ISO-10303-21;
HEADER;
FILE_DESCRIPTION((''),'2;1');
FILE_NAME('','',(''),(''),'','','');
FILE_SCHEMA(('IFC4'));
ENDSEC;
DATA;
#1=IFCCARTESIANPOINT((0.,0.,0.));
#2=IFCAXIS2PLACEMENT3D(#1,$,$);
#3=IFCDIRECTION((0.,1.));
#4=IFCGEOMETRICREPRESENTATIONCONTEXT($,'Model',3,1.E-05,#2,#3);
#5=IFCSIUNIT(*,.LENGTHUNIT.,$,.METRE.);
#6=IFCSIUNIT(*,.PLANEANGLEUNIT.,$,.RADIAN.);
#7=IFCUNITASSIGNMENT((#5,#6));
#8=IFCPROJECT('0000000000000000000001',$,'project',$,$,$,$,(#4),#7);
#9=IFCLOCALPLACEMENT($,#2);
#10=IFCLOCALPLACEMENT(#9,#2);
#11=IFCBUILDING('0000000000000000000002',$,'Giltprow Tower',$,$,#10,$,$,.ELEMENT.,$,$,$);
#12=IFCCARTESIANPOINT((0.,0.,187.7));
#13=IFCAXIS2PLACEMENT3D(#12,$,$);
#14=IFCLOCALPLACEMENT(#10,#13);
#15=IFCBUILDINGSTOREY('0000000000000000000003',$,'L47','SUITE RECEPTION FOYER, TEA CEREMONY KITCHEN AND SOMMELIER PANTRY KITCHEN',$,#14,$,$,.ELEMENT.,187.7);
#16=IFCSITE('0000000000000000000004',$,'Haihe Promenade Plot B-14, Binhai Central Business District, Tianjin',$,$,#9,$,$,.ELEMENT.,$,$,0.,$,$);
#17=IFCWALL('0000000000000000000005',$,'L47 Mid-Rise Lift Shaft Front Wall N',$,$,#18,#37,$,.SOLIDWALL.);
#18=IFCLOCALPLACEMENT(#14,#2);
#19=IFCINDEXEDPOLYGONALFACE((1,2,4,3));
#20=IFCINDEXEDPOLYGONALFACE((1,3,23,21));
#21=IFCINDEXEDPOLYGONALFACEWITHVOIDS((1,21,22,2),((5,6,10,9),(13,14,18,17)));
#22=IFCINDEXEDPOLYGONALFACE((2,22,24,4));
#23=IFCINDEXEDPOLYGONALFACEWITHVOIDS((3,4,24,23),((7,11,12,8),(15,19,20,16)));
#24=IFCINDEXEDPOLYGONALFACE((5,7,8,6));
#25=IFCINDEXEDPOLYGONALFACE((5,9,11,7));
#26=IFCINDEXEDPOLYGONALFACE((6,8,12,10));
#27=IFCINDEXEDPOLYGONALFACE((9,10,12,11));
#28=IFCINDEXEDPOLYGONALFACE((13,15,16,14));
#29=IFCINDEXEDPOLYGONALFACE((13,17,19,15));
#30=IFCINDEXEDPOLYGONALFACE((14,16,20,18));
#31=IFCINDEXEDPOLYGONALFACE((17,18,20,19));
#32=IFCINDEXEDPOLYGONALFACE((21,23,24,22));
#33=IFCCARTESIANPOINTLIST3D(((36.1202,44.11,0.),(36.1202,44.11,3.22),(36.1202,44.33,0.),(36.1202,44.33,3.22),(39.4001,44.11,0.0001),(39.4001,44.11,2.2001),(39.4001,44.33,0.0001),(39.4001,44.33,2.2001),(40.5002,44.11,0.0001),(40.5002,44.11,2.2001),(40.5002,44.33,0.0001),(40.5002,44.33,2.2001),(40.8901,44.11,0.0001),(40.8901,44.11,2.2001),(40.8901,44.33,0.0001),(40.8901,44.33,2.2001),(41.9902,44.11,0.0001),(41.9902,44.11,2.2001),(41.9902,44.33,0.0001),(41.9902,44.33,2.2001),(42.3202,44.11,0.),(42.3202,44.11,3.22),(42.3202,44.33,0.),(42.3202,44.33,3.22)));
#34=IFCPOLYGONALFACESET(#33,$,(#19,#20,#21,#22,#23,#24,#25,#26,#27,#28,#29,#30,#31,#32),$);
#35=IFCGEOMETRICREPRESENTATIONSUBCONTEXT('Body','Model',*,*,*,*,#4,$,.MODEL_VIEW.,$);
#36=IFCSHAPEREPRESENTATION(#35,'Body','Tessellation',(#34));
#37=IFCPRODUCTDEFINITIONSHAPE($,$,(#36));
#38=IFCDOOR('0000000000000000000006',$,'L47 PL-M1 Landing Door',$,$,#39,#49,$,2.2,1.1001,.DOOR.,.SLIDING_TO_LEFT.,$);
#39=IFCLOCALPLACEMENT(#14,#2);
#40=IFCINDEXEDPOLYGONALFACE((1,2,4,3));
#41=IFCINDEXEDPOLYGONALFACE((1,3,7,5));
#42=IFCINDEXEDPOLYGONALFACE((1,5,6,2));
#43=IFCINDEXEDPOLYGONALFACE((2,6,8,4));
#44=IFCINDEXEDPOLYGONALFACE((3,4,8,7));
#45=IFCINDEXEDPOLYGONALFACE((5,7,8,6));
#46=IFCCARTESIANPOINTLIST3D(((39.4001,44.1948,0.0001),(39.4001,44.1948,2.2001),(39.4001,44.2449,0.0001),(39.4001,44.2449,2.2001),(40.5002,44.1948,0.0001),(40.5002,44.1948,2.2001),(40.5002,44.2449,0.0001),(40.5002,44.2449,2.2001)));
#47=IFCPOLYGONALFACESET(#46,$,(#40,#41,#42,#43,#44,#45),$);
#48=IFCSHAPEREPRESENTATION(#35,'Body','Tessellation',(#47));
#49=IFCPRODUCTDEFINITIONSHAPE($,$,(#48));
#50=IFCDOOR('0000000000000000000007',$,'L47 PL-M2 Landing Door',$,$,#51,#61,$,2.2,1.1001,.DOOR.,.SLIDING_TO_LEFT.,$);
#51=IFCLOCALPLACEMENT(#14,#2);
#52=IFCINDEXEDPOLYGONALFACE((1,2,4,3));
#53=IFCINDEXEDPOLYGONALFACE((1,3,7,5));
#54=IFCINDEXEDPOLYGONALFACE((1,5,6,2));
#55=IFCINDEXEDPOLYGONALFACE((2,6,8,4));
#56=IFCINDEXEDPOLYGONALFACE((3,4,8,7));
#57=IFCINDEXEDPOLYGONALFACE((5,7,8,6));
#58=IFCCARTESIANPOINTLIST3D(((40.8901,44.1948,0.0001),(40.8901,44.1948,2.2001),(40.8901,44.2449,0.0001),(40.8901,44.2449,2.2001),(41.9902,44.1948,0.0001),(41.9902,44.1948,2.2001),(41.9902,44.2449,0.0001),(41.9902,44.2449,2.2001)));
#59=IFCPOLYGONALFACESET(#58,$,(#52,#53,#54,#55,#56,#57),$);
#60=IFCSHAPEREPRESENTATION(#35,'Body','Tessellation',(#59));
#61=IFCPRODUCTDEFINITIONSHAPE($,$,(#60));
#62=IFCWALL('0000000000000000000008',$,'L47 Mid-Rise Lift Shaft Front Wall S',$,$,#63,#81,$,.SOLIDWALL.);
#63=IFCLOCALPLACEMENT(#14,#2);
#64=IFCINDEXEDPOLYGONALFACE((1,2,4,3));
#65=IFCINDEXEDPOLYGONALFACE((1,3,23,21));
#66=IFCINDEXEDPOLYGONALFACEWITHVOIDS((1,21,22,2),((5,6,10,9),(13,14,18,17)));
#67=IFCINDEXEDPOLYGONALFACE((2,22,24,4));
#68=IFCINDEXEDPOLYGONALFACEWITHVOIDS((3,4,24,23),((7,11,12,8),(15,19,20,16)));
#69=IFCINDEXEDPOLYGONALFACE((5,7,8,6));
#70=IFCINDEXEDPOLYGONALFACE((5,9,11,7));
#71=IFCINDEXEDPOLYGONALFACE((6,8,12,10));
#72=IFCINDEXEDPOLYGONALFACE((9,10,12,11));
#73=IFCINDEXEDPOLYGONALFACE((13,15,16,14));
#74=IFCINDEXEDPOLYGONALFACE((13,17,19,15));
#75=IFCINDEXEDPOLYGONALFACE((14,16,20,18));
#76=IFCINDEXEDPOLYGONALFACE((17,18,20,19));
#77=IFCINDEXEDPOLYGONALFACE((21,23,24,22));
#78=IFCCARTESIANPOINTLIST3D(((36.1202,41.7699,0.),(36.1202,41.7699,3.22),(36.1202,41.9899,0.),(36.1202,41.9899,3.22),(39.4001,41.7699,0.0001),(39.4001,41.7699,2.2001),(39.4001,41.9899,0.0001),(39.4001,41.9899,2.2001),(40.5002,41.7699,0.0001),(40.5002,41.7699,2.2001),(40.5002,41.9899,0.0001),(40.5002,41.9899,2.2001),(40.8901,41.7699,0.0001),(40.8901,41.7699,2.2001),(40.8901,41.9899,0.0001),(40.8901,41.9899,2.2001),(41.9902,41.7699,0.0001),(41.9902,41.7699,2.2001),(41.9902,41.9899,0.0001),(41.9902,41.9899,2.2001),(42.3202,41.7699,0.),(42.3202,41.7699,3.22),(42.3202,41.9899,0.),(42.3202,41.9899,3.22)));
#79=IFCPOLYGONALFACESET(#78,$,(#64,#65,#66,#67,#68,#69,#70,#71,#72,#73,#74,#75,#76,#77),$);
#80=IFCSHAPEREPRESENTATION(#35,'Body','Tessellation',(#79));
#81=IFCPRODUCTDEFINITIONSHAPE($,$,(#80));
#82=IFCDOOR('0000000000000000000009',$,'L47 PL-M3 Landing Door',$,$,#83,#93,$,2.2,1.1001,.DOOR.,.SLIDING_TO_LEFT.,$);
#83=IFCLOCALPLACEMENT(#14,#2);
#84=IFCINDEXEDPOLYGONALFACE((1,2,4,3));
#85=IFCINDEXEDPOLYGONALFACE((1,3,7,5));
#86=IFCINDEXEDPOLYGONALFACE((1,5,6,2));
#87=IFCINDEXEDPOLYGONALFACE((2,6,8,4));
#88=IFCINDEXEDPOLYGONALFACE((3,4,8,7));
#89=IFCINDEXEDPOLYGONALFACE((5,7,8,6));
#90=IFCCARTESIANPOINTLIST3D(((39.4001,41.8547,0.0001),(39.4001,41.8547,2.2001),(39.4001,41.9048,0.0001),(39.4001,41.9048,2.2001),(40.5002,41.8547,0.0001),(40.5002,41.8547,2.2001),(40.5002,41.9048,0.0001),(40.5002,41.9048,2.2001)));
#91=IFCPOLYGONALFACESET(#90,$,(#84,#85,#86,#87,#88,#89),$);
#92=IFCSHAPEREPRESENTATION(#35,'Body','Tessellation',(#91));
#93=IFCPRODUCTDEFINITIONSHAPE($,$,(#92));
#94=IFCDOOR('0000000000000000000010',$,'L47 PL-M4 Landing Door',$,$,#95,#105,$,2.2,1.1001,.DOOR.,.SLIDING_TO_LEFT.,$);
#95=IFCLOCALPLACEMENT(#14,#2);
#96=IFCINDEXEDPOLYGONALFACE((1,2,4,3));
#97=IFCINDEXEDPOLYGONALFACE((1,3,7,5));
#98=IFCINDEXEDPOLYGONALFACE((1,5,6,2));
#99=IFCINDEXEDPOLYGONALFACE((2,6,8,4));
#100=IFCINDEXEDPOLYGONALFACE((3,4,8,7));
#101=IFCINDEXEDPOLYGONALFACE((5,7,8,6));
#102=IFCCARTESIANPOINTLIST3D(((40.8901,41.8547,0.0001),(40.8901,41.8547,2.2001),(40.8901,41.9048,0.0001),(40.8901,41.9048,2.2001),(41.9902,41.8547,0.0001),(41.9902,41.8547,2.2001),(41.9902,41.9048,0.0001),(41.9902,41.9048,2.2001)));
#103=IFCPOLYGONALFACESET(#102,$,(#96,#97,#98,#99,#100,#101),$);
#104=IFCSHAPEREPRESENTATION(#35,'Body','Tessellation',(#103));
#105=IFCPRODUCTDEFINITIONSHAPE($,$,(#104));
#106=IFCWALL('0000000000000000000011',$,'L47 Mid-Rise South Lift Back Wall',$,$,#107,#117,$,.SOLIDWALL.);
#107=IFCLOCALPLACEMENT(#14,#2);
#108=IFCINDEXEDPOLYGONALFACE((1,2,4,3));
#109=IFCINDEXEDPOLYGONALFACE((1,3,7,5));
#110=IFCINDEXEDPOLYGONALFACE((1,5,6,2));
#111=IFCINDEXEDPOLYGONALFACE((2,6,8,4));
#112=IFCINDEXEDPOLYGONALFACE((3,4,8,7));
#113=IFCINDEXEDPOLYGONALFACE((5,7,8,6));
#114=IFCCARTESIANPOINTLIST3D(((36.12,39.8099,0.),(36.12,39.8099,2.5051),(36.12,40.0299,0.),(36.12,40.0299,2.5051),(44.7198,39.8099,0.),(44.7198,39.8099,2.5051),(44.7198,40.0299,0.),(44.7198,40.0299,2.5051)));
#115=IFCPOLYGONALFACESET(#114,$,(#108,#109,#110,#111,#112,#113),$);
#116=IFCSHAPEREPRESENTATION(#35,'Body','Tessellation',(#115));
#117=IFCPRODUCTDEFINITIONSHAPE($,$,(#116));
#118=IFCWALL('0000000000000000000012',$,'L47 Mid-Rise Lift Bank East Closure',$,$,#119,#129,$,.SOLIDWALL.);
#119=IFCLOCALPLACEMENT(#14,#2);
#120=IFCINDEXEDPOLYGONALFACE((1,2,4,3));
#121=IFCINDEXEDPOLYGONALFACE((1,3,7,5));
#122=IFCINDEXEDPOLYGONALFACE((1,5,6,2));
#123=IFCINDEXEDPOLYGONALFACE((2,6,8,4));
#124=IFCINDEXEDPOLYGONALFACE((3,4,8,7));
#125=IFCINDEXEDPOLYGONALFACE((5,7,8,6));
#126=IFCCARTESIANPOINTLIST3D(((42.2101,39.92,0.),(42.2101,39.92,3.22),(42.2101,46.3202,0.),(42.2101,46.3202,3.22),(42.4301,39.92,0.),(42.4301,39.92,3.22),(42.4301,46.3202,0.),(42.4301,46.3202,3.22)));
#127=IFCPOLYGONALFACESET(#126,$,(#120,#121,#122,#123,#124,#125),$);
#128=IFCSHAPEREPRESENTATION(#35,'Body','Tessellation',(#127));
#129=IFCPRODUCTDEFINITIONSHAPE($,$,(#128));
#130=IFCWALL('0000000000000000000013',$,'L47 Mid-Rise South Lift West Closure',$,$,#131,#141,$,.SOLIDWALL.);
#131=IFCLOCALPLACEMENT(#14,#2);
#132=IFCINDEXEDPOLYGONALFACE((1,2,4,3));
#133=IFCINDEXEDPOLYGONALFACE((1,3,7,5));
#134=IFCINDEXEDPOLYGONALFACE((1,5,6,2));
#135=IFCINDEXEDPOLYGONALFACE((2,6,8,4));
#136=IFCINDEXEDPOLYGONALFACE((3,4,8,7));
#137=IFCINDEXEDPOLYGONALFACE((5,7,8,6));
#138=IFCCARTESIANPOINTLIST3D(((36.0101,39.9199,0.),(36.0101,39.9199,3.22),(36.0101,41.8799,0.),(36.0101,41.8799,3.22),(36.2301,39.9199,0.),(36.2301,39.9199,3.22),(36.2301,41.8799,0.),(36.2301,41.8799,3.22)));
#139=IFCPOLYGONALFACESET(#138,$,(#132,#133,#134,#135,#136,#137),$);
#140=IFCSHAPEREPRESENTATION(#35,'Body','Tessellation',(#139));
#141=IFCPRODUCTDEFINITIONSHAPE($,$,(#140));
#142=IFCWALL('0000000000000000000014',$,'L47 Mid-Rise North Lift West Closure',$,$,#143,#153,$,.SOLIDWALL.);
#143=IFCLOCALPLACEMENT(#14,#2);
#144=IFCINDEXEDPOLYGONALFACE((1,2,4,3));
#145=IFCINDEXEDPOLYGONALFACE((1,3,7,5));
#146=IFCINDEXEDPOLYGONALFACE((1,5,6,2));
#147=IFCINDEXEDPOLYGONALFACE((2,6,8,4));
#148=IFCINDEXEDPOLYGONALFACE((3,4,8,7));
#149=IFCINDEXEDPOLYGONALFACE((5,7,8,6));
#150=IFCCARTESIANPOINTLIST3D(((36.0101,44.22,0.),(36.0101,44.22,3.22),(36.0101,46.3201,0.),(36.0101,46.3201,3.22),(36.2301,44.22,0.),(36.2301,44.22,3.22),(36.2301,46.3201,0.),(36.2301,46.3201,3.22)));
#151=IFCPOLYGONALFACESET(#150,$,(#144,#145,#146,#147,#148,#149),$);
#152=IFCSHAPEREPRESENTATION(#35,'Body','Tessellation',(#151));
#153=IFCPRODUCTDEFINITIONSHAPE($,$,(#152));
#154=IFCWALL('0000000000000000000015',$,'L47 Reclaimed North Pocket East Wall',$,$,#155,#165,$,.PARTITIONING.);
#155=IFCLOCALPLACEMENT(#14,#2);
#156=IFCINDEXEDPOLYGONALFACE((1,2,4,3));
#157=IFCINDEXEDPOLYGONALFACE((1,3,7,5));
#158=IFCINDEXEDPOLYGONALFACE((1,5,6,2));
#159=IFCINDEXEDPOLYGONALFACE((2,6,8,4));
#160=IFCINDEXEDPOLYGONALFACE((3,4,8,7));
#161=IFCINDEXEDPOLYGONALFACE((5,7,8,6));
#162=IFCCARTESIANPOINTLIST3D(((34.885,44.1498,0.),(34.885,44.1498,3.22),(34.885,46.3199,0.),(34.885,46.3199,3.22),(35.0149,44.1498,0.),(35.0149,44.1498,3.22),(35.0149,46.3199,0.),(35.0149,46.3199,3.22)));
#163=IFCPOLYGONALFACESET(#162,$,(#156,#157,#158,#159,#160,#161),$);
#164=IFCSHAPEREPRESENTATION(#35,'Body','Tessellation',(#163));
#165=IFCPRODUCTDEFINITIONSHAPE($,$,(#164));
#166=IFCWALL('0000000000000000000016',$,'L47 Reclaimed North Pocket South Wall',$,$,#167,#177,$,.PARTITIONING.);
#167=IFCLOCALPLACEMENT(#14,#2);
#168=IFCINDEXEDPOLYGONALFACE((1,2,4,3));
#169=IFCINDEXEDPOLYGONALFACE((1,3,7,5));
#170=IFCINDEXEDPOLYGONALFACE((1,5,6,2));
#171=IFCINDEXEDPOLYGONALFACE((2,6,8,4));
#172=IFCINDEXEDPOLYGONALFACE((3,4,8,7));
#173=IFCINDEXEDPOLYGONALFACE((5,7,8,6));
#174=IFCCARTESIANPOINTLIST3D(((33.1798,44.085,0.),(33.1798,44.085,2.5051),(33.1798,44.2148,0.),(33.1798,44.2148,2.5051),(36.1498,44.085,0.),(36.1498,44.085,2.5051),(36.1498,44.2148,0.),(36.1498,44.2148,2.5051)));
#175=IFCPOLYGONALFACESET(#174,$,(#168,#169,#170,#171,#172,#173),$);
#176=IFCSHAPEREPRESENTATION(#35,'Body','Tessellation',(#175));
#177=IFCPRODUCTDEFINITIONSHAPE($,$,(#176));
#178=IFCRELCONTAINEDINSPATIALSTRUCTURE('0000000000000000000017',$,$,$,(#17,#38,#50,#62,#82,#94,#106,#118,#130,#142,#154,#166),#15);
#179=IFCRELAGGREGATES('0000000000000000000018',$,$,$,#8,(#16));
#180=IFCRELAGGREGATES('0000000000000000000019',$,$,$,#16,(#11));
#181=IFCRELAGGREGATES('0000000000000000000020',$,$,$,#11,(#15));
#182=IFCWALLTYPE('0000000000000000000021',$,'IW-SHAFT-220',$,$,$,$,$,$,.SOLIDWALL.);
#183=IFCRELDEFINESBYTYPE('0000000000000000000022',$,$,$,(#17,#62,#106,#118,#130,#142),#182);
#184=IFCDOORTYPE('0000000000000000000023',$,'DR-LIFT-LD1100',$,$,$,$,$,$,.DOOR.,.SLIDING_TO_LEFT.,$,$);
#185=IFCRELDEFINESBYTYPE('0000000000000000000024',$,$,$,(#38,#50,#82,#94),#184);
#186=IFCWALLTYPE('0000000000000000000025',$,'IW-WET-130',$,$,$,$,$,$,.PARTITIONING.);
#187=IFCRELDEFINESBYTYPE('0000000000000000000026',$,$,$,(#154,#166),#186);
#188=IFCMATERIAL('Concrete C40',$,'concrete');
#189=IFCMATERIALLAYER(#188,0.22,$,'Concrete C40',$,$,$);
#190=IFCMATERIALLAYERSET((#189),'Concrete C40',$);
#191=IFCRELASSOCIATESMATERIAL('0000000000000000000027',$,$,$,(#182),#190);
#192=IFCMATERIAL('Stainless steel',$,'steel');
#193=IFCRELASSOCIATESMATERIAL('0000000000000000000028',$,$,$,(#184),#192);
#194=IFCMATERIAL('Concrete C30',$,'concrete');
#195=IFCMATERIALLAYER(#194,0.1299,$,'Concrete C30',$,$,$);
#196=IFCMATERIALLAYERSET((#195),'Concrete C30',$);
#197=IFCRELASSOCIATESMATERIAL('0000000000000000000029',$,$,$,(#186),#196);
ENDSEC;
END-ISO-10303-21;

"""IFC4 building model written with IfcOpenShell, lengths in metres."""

from ifc_helpers import new_model, si_unit, direction, frame, frame_2d, origin, place, context, subcontext, project, spatial, rectangle, extrude, source, transform, mapped, material, layer, layer_set, type_object, element, fill, save


model = new_model("IFC4")

# Units and contexts
model_context = context("Model", 3, precision=1e-05, world=origin(), true_north=direction((0.0, 1.0)))
body_context = subcontext(model_context, "Body", "Model", "MODEL_VIEW")
ifc_project = project(units=[si_unit("LENGTHUNIT", "METRE"), si_unit("PLANEANGLEUNIT", "RADIAN")], contexts=[model_context])

# Site, building, storey
site_placement = place(None, origin())
site = spatial("IfcSite", under=ifc_project, at=site_placement, Name="Haihe Promenade Plot B-14, Binhai Central Business District, Tianjin", CompositionType="ELEMENT", RefElevation=0.0)
building_placement = place(site_placement, origin())
building = spatial("IfcBuilding", under=site, at=building_placement, Name="Giltprow Tower", CompositionType="ELEMENT")
storey_placement = place(building_placement, frame((0.0, 0.0, 187.7)))
storey = spatial("IfcBuildingStorey", under=building, at=storey_placement, Name="L47", Description="SUITE RECEPTION FOYER, TEA CEREMONY KITCHEN AND SOMMELIER PANTRY KITCHEN", CompositionType="ELEMENT", Elevation=187.7)

# Shared definitions
ifc_material_1 = material(Name="Concrete C40", Category="concrete")
ifc_layer_1 = layer(ifc_material_1, 0.22, Name="Concrete C40")
ifc_layer_set_1 = layer_set([ifc_layer_1], Name="Concrete C40")
wall_type_1 = type_object("IfcWallType", Name="IW-SHAFT-220", PredefinedType="SOLIDWALL", material=ifc_layer_set_1)
ifc_material_2 = material(Name="Stainless steel", Category="steel")
door_type = type_object("IfcDoorType", Name="DR-LIFT-LD1100", OperationType="SLIDING_TO_LEFT", PredefinedType="DOOR", material=ifc_material_2)
shared_shape_1 = source(origin(), body_context, "Body", "SweptSolid", [
    extrude(rectangle(XDim=1.1001, YDim=2.2, at=frame_2d((0.55, 1.1001))), frame((0.0, 0.0249, 0.0), z_axis=(0.0, -1.0, 0.0), x_axis=(1.0, 0.0, 0.0)), (0.0, 0.0, 1.0), 0.05),
])

# Walls, openings, doors
wall_1_placement = place(storey_placement, frame((36.1201, 44.22, 0.0), z_axis=(0.0, 0.0, 1.0), x_axis=(1.0, 0.0, 0.0)))
wall_1 = element("IfcWall", 1, at=wall_1_placement, inside=storey, type_object=wall_type_1, Name="L47 Mid-Rise Lift Shaft Front Wall N", PredefinedType="SOLIDWALL", context=body_context, shape_type="SweptSolid", body=[
    extrude(rectangle(XDim=6.2, YDim=0.22, at=frame_2d((3.1001, 0.0))), origin(), (0.0, 0.0, 1.0), 3.22),
])
opening_1_placement = place(wall_1_placement, frame((3.28, 0.0, 0.0)))
opening_1 = element("IfcOpeningElement", 2, at=opening_1_placement, cuts=wall_1, PredefinedType="OPENING", context=body_context, shape_type="SweptSolid", body=[
    extrude(rectangle(XDim=1.1001, YDim=2.2, at=frame_2d((0.55, 1.1001))), frame((0.0, 0.1199, 0.0), z_axis=(0.0, -1.0, 0.0), x_axis=(1.0, 0.0, 0.0)), (0.0, 0.0, 1.0), 0.24),
])
opening_2_placement = place(wall_1_placement, frame((4.77, 0.0, 0.0)))
opening_2 = element("IfcOpeningElement", 3, at=opening_2_placement, cuts=wall_1, PredefinedType="OPENING", context=body_context, shape_type="SweptSolid", body=[
    extrude(rectangle(XDim=1.1001, YDim=2.2, at=frame_2d((0.55, 1.1001))), frame((0.0, 0.1199, 0.0), z_axis=(0.0, -1.0, 0.0), x_axis=(1.0, 0.0, 0.0)), (0.0, 0.0, 1.0), 0.24),
])
door_1_placement = place(opening_1_placement, origin())
door_1 = element("IfcDoor", 4, at=door_1_placement, inside=storey, type_object=door_type, Name="L47 PL-M1 Landing Door", OperationType="SLIDING_TO_LEFT", OverallHeight=2.2, OverallWidth=1.1001, PredefinedType="DOOR", context=body_context, shape_type="MappedRepresentation", body=[
    mapped(shared_shape_1, transform((0.0, 0.0, 0.0), x_axis=(1.0, 0.0, 0.0), y_axis=(0.0, 1.0, 0.0), z_axis=(0.0, 0.0, 1.0), scale=1.0)),
])
fill(opening_1, door_1)
door_2_placement = place(opening_2_placement, origin())
door_2 = element("IfcDoor", 5, at=door_2_placement, inside=storey, type_object=door_type, Name="L47 PL-M2 Landing Door", OperationType="SLIDING_TO_LEFT", OverallHeight=2.2, OverallWidth=1.1001, PredefinedType="DOOR", context=body_context, shape_type="MappedRepresentation", body=[
    mapped(shared_shape_1, transform((0.0, 0.0, 0.0), x_axis=(1.0, 0.0, 0.0), y_axis=(0.0, 1.0, 0.0), z_axis=(0.0, 0.0, 1.0), scale=1.0)),
])
fill(opening_2, door_2)
wall_2_placement = place(storey_placement, frame((36.1201, 41.8799, 0.0), z_axis=(0.0, 0.0, 1.0), x_axis=(1.0, 0.0, 0.0)))
wall_2 = element("IfcWall", 6, at=wall_2_placement, inside=storey, type_object=wall_type_1, Name="L47 Mid-Rise Lift Shaft Front Wall S", PredefinedType="SOLIDWALL", context=body_context, shape_type="SweptSolid", body=[
    extrude(rectangle(XDim=6.2, YDim=0.22, at=frame_2d((3.1001, 0.0))), origin(), (0.0, 0.0, 1.0), 3.22),
])
opening_3_placement = place(wall_2_placement, frame((3.28, 0.0, 0.0)))
opening_3 = element("IfcOpeningElement", 7, at=opening_3_placement, cuts=wall_2, PredefinedType="OPENING", context=body_context, shape_type="SweptSolid", body=[
    extrude(rectangle(XDim=1.1001, YDim=2.2, at=frame_2d((0.55, 1.1001))), frame((0.0, 0.1199, 0.0), z_axis=(0.0, -1.0, 0.0), x_axis=(1.0, 0.0, 0.0)), (0.0, 0.0, 1.0), 0.24),
])
opening_4_placement = place(wall_2_placement, frame((4.77, 0.0, 0.0)))
opening_4 = element("IfcOpeningElement", 8, at=opening_4_placement, cuts=wall_2, PredefinedType="OPENING", context=body_context, shape_type="SweptSolid", body=[
    extrude(rectangle(XDim=1.1001, YDim=2.2, at=frame_2d((0.55, 1.1001))), frame((0.0, 0.1199, 0.0), z_axis=(0.0, -1.0, 0.0), x_axis=(1.0, 0.0, 0.0)), (0.0, 0.0, 1.0), 0.24),
])
door_3_placement = place(opening_3_placement, origin())
door_3 = element("IfcDoor", 9, at=door_3_placement, inside=storey, type_object=door_type, Name="L47 PL-M3 Landing Door", OperationType="SLIDING_TO_LEFT", OverallHeight=2.2, OverallWidth=1.1001, PredefinedType="DOOR", context=body_context, shape_type="MappedRepresentation", body=[
    mapped(shared_shape_1, transform((0.0, 0.0, 0.0), x_axis=(1.0, 0.0, 0.0), y_axis=(0.0, 1.0, 0.0), z_axis=(0.0, 0.0, 1.0), scale=1.0)),
])
fill(opening_3, door_3)
door_4_placement = place(opening_4_placement, origin())
door_4 = element("IfcDoor", 10, at=door_4_placement, inside=storey, type_object=door_type, Name="L47 PL-M4 Landing Door", OperationType="SLIDING_TO_LEFT", OverallHeight=2.2, OverallWidth=1.1001, PredefinedType="DOOR", context=body_context, shape_type="MappedRepresentation", body=[
    mapped(shared_shape_1, transform((0.0, 0.0, 0.0), x_axis=(1.0, 0.0, 0.0), y_axis=(0.0, 1.0, 0.0), z_axis=(0.0, 0.0, 1.0), scale=1.0)),
])
fill(opening_4, door_4)

# Walls
wall_3_placement = place(storey_placement, frame((36.1201, 39.9199, 0.0), z_axis=(0.0, 0.0, 1.0), x_axis=(1.0, 0.0, 0.0)))
element("IfcWall", 11, at=wall_3_placement, inside=storey, type_object=wall_type_1, Name="L47 Mid-Rise South Lift Back Wall", PredefinedType="SOLIDWALL", context=body_context, shape_type="SweptSolid", body=[
    extrude(rectangle(XDim=8.5999, YDim=0.22, at=frame_2d((4.2998, 0.0))), origin(), (0.0, 0.0, 1.0), 2.5051),
])
wall_4_placement = place(storey_placement, frame((42.3201, 39.9199, 0.0), z_axis=(0.0, 0.0, 1.0), x_axis=(0.0, 1.0, 0.0)))
element("IfcWall", 12, at=wall_4_placement, inside=storey, type_object=wall_type_1, Name="L47 Mid-Rise Lift Bank East Closure", PredefinedType="SOLIDWALL", context=body_context, shape_type="SweptSolid", body=[
    extrude(rectangle(XDim=6.4001, YDim=0.22, at=frame_2d((3.2002, 0.0))), origin(), (0.0, 0.0, 1.0), 3.22),
])
wall_5_placement = place(storey_placement, frame((36.1201, 39.9199, 0.0), z_axis=(0.0, 0.0, 1.0), x_axis=(0.0, 1.0, 0.0)))
element("IfcWall", 13, at=wall_5_placement, inside=storey, type_object=wall_type_1, Name="L47 Mid-Rise South Lift West Closure", PredefinedType="SOLIDWALL", context=body_context, shape_type="SweptSolid", body=[
    extrude(rectangle(XDim=1.96, YDim=0.22, at=frame_2d((0.98, 0.0))), origin(), (0.0, 0.0, 1.0), 3.22),
])
wall_6_placement = place(storey_placement, frame((36.1201, 44.22, 0.0), z_axis=(0.0, 0.0, 1.0), x_axis=(0.0, 1.0, 0.0)))
element("IfcWall", 14, at=wall_6_placement, inside=storey, type_object=wall_type_1, Name="L47 Mid-Rise North Lift West Closure", PredefinedType="SOLIDWALL", context=body_context, shape_type="SweptSolid", body=[
    extrude(rectangle(XDim=2.1001, YDim=0.22, at=frame_2d((1.05, 0.0))), origin(), (0.0, 0.0, 1.0), 3.22),
])
ifc_material_3 = material(Name="Concrete C30", Category="concrete")
ifc_layer_2 = layer(ifc_material_3, 0.1299, Name="Concrete C30")
ifc_layer_set_2 = layer_set([ifc_layer_2], Name="Concrete C30")
wall_type_2 = type_object("IfcWallType", Name="IW-WET-130", PredefinedType="PARTITIONING", material=ifc_layer_set_2)
wall_7_placement = place(storey_placement, frame((34.95, 44.1499, 0.0), z_axis=(0.0, 0.0, 1.0), x_axis=(0.0, 1.0, 0.0)))
element("IfcWall", 15, at=wall_7_placement, inside=storey, type_object=wall_type_2, Name="L47 Reclaimed North Pocket East Wall", PredefinedType="PARTITIONING", context=body_context, shape_type="SweptSolid", body=[
    extrude(rectangle(XDim=2.1702, YDim=0.1299, at=frame_2d((1.085, 0.0))), origin(), (0.0, 0.0, 1.0), 3.22),
])
wall_8_placement = place(storey_placement, frame((33.1799, 44.1499, 0.0), z_axis=(0.0, 0.0, 1.0), x_axis=(1.0, 0.0, 0.0)))
element("IfcWall", 16, at=wall_8_placement, inside=storey, type_object=wall_type_2, Name="L47 Reclaimed North Pocket South Wall", PredefinedType="PARTITIONING", context=body_context, shape_type="SweptSolid", body=[
    extrude(rectangle(XDim=2.97, YDim=0.1299, at=frame_2d((1.4849, 0.0))), origin(), (0.0, 0.0, 1.0), 2.5051),
])

save(model, "model.ifc")
